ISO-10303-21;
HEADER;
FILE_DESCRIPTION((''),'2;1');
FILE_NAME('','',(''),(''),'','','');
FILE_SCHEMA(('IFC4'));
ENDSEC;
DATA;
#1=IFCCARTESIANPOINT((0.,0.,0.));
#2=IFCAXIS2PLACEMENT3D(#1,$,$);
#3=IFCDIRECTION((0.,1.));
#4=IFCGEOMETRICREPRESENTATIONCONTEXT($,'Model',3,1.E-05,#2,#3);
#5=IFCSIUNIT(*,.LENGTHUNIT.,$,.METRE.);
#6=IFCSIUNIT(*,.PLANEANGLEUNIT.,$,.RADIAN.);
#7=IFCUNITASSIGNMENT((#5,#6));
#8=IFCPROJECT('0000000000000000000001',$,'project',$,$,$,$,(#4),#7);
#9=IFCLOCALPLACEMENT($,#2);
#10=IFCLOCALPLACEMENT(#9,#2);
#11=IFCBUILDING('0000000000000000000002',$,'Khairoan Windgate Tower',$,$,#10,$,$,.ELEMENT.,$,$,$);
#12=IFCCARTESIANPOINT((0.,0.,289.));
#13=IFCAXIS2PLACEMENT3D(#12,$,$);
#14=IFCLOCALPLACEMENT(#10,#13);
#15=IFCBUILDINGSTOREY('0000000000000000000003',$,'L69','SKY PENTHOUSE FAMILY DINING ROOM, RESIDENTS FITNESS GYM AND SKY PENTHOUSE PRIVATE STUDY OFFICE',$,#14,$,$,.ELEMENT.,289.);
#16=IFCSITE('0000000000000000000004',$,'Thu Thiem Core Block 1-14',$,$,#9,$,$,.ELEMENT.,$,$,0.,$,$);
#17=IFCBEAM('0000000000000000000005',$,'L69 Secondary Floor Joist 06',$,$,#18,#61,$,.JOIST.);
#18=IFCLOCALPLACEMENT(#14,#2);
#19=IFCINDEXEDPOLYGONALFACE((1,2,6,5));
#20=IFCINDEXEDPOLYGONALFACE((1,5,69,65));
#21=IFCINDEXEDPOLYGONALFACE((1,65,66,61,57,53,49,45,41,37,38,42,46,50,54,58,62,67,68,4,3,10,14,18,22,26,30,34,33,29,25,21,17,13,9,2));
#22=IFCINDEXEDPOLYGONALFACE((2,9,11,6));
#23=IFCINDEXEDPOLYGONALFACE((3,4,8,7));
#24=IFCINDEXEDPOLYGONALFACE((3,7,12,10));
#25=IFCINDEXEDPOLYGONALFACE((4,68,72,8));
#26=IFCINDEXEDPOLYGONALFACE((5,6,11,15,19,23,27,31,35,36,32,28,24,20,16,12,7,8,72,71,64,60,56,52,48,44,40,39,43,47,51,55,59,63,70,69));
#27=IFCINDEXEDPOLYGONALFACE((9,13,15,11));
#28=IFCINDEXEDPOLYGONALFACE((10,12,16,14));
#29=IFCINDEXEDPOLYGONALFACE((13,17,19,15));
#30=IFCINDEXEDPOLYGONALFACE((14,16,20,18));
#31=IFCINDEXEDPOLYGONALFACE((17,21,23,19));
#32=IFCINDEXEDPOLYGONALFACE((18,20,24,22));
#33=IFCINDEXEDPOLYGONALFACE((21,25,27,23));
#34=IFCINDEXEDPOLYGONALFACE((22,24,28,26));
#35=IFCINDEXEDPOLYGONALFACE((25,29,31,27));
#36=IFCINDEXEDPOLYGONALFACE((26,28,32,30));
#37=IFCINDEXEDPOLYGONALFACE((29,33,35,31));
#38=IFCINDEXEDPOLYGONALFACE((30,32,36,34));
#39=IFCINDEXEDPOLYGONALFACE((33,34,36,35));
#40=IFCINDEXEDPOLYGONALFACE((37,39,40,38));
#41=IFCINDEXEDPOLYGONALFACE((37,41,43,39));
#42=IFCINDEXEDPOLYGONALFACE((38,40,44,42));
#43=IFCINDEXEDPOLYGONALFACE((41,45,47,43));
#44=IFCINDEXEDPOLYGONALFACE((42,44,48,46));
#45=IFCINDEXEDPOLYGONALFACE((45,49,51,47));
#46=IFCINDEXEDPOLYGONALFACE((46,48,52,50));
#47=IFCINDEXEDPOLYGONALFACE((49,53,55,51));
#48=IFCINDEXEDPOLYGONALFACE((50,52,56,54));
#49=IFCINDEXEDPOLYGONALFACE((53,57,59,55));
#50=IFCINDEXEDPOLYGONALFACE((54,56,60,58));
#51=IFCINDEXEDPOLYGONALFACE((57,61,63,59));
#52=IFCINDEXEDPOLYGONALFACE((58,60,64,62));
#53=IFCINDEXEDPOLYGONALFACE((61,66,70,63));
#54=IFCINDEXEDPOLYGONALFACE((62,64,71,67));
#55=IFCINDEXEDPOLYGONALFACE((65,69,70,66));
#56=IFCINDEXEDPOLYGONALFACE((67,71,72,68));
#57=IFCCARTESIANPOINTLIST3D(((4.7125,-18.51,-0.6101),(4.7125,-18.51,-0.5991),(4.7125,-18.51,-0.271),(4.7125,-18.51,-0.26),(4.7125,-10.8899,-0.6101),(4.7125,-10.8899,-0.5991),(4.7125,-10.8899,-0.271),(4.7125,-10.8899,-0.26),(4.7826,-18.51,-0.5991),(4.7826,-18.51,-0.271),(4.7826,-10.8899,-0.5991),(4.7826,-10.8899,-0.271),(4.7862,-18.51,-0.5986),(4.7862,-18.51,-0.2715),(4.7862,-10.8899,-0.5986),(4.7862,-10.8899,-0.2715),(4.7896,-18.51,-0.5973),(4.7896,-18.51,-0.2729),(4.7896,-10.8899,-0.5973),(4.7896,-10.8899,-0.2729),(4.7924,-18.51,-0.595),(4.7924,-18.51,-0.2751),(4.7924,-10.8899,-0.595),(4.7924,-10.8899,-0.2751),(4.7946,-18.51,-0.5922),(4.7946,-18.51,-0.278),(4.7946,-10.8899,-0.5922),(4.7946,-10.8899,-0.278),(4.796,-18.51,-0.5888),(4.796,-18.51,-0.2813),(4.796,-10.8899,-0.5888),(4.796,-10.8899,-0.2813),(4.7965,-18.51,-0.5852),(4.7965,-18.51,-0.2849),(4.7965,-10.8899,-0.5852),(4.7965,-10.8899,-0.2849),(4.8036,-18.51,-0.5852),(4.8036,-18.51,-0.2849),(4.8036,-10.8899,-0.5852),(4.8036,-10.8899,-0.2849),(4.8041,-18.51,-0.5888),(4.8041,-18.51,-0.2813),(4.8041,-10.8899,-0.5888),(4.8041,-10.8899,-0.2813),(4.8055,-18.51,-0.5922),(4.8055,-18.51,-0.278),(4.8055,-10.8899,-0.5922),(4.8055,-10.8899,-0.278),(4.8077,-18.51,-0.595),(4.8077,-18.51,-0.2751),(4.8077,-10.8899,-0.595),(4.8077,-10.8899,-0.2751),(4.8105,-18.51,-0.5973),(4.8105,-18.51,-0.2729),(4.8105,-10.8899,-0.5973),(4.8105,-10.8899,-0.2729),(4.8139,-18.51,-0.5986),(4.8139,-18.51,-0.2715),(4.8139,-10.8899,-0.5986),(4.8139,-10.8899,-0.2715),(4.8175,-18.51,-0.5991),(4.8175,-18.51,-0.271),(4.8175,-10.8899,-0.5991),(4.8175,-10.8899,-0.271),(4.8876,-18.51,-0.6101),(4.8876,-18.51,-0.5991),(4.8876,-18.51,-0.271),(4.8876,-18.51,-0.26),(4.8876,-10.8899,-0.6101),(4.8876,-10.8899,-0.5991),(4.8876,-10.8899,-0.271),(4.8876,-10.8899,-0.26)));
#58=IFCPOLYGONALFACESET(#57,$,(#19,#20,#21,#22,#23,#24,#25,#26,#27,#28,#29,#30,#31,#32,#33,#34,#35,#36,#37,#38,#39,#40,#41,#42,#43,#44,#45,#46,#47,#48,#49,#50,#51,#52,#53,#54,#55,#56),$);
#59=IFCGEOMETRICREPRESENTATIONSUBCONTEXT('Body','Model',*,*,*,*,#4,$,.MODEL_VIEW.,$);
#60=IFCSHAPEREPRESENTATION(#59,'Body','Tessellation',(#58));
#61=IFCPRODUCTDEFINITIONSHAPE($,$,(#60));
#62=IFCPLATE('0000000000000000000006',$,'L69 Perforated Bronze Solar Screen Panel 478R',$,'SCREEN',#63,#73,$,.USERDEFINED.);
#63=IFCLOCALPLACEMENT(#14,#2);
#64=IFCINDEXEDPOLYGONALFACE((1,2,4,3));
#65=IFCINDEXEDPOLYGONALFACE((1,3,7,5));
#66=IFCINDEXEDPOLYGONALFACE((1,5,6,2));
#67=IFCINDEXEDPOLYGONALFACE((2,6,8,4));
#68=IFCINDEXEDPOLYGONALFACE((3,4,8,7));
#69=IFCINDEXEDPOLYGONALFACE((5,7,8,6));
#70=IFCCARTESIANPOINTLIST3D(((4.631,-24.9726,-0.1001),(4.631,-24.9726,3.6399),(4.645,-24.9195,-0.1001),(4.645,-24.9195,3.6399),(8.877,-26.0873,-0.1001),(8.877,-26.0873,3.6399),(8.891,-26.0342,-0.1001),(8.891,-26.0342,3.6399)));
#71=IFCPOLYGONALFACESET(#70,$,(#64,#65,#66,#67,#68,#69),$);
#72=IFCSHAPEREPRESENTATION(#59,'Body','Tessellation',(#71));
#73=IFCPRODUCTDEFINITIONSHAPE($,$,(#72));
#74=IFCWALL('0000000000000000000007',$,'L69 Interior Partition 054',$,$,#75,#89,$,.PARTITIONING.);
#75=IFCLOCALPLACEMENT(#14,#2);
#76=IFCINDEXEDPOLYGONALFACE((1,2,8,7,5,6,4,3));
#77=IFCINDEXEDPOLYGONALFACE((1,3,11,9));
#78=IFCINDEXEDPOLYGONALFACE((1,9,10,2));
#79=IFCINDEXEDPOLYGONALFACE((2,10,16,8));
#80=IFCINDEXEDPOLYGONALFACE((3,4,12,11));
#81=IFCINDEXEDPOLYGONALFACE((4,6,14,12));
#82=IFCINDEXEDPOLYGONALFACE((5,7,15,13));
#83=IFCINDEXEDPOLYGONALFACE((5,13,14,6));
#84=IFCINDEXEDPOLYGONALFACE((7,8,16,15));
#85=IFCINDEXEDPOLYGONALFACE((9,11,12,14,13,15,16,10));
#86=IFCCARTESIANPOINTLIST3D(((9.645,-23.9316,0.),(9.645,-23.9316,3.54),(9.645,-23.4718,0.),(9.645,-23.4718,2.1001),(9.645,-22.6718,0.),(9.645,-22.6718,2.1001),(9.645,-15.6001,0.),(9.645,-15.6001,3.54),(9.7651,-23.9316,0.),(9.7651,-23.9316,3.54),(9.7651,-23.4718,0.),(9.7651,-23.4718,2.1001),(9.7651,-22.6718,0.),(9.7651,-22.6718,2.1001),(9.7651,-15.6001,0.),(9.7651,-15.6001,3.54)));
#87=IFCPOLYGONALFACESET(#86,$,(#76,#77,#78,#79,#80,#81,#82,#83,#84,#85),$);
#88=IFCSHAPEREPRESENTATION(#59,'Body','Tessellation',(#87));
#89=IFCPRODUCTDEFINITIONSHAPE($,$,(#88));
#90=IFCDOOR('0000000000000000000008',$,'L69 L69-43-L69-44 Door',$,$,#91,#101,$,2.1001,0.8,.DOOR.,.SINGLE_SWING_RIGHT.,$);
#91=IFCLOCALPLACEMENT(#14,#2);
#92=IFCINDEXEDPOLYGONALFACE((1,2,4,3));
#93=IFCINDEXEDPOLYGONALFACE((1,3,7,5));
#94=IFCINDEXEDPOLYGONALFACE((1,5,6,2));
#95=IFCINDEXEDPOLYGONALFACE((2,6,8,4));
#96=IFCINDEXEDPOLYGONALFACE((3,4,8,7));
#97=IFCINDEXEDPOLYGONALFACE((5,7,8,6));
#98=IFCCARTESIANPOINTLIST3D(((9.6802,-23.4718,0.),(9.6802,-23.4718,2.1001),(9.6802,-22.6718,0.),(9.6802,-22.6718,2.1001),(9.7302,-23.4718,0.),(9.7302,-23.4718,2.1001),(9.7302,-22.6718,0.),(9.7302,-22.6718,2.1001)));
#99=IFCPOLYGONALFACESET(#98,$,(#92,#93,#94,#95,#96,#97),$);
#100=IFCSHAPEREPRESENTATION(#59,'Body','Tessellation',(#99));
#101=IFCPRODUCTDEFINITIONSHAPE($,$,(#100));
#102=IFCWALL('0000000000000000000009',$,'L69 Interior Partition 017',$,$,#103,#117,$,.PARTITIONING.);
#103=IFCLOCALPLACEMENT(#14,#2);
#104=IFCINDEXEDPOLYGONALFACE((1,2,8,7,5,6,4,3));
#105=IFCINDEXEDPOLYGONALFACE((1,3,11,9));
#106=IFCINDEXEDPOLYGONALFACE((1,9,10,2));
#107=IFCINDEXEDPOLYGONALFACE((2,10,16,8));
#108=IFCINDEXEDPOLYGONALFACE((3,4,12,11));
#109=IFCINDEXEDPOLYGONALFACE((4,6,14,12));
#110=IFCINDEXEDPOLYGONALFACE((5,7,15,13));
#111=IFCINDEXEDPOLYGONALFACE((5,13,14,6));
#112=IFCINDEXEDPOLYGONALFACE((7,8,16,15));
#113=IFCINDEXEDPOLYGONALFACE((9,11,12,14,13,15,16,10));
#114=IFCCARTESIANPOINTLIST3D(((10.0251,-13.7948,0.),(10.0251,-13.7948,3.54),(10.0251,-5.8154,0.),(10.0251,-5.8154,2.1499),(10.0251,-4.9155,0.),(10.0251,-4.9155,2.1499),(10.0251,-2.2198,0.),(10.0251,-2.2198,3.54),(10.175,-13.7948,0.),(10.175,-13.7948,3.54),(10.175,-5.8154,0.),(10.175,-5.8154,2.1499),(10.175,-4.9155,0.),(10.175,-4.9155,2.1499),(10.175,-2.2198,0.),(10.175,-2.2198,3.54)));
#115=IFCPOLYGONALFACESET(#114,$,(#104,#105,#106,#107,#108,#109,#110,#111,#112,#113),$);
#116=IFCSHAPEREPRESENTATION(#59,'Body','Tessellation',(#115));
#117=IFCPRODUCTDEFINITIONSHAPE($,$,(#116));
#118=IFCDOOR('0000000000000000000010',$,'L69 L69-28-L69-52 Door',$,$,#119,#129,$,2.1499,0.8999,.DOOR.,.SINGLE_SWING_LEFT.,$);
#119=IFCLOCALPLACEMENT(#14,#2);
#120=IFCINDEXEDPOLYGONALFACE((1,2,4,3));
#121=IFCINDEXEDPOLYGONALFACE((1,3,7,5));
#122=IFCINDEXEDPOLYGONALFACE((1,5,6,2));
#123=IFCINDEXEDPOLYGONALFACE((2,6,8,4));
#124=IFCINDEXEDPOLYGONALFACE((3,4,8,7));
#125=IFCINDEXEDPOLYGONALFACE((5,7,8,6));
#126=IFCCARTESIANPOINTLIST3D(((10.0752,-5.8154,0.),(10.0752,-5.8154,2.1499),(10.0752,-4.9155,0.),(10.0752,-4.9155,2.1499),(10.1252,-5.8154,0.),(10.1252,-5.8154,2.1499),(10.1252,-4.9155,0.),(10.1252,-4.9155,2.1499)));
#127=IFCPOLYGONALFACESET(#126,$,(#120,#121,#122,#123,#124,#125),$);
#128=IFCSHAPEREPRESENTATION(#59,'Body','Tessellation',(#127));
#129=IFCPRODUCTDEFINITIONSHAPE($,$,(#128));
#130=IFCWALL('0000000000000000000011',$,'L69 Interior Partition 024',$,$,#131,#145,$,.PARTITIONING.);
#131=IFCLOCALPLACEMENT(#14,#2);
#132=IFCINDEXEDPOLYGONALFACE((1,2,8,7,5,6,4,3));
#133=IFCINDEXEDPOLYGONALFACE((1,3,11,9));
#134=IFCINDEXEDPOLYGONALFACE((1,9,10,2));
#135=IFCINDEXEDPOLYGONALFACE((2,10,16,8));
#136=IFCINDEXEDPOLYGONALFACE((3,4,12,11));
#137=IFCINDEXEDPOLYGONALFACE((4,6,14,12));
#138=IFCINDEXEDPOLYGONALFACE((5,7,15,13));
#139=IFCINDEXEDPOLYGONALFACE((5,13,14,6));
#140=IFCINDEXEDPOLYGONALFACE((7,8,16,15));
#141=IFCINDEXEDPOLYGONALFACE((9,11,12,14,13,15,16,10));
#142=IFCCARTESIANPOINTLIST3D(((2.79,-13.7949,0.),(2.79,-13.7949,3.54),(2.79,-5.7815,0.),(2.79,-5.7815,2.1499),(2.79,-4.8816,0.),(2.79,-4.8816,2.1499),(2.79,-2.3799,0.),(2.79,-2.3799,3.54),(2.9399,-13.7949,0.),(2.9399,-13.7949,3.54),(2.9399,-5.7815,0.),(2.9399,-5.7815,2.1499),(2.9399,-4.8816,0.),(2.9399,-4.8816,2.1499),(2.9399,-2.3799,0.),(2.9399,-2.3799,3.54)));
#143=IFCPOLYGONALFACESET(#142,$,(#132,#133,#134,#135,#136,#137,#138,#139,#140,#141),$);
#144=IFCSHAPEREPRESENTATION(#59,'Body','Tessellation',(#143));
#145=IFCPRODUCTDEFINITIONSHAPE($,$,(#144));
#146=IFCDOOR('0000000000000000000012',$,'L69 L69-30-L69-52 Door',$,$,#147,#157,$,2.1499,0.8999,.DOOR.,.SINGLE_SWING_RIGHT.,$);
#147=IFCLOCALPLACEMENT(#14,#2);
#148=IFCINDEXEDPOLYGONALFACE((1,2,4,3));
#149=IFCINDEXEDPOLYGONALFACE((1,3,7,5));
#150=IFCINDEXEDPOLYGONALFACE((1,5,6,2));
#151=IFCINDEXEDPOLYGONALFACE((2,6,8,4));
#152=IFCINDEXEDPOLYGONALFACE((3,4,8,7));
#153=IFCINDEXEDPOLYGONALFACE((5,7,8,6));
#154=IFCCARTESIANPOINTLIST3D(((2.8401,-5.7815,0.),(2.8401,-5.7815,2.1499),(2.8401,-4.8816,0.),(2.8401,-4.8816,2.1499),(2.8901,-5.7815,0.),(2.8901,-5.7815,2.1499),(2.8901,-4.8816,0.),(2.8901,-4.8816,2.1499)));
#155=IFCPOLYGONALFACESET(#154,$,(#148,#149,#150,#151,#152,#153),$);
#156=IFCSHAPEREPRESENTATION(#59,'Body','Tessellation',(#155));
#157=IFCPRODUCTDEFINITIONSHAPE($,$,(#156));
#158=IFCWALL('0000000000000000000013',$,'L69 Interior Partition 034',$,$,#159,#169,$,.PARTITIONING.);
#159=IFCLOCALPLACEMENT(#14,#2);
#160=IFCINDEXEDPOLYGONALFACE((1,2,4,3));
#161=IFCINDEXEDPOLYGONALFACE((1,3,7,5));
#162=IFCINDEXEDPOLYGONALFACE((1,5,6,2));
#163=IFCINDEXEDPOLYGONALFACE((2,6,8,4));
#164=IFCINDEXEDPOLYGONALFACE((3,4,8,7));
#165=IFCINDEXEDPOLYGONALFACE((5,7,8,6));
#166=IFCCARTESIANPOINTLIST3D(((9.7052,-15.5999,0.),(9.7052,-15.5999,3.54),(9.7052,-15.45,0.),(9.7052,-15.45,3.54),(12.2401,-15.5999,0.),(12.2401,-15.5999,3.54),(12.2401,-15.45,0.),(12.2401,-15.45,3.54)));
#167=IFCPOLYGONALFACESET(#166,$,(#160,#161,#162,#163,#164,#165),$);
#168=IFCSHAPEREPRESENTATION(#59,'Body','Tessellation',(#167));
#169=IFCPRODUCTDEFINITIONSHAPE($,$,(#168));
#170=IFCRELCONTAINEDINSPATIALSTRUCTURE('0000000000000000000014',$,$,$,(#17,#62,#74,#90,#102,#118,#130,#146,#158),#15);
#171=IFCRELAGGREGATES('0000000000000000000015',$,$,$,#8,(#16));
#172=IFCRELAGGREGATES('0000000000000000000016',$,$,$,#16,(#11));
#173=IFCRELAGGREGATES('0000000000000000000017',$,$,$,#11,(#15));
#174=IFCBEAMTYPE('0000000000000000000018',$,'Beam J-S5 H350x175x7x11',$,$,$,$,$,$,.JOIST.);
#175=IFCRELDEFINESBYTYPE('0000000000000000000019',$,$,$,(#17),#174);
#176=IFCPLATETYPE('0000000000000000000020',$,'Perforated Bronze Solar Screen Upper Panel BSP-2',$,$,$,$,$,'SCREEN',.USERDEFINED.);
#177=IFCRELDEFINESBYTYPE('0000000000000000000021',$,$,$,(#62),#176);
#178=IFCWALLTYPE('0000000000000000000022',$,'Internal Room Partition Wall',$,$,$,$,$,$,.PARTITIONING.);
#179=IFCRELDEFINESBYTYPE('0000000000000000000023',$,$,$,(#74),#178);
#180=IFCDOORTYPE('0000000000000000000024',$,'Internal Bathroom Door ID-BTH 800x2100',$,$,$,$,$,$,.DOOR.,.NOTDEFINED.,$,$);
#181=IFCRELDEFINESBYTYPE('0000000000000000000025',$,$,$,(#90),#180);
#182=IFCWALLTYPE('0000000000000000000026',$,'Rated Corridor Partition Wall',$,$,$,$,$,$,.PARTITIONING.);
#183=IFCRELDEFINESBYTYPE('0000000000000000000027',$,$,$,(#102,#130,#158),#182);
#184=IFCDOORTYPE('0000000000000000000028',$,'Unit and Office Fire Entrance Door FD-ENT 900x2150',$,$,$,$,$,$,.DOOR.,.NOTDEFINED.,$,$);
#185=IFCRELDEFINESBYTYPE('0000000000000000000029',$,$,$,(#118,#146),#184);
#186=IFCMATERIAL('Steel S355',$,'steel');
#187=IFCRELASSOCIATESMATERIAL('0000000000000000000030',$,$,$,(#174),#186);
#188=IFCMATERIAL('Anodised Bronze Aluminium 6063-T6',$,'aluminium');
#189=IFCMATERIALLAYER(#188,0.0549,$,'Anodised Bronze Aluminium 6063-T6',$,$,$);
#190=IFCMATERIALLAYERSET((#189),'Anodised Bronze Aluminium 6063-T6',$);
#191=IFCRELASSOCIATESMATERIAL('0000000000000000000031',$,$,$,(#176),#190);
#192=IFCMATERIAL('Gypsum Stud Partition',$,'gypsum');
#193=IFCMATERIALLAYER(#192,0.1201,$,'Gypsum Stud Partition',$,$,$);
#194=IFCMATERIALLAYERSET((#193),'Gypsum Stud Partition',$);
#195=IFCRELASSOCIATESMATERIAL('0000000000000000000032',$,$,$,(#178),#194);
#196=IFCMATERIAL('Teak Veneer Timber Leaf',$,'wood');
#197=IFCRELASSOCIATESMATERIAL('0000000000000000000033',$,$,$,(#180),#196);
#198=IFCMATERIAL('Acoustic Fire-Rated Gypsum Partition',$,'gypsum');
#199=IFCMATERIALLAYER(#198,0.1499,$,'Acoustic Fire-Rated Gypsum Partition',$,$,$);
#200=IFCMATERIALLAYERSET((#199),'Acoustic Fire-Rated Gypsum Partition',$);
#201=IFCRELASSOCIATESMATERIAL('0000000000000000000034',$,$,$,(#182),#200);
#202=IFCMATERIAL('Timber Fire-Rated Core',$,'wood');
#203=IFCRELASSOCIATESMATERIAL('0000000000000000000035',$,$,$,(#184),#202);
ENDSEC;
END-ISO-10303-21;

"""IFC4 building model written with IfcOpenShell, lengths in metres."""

from ifc_helpers import new_model, si_unit, direction, frame, frame_2d, origin, origin_2d, place, context, subcontext, project, spatial, rectangle, i_section, extrude, material, layer, layer_set, material_profile, profile_set, type_object, element, fill, save


model = new_model("IFC4")

# Units and contexts
model_context = context("Model", 3, precision=1e-05, world=origin(), true_north=direction((0.0, 1.0)))
body_context = subcontext(model_context, "Body", "Model", "MODEL_VIEW")
ifc_project = project(units=[si_unit("LENGTHUNIT", "METRE"), si_unit("PLANEANGLEUNIT", "RADIAN")], contexts=[model_context])

# Site, building, storey
site_placement = place(None, origin())
site = spatial("IfcSite", under=ifc_project, at=site_placement, Name="Thu Thiem Core Block 1-14", CompositionType="ELEMENT", RefElevation=0.0)
building_placement = place(site_placement, origin())
building = spatial("IfcBuilding", under=site, at=building_placement, Name="Khairoan Windgate Tower", CompositionType="ELEMENT")
storey_placement = place(building_placement, frame((0.0, 0.0, 289.0)))
storey = spatial("IfcBuildingStorey", under=building, at=storey_placement, Name="L69", Description="SKY PENTHOUSE FAMILY DINING ROOM, RESIDENTS FITNESS GYM AND SKY PENTHOUSE PRIVATE STUDY OFFICE", CompositionType="ELEMENT", Elevation=289.0)

# Beam
ifc_material_1 = material(Name="Steel S355", Category="steel")
ifc_material_profile_1 = material_profile(ifc_material_1, i_section(OverallWidth=0.175, OverallDepth=0.3501, WebThickness=0.0071, FlangeThickness=0.011, FilletRadius=0.0139, at=origin_2d()))
ifc_profile_set_1 = profile_set([ifc_material_profile_1], Name="Steel S355")
beam_type_1 = type_object("IfcBeamType", Name="Beam J-S5 H350x175x7x11", PredefinedType="JOIST", material=ifc_profile_set_1)
beam_1_placement = place(storey_placement, frame((4.8, -18.51, -0.4351), z_axis=(0.0, 1.0, 0.0), x_axis=(-1.0, 0.0, 0.0)))
element("IfcBeam", 1, at=beam_1_placement, inside=storey, type_object=beam_type_1, Name="L69 Secondary Floor Joist 06", PredefinedType="JOIST", context=body_context, shape_type="SweptSolid", body=[
    extrude(i_section(OverallWidth=0.175, OverallDepth=0.3501, WebThickness=0.0071, FlangeThickness=0.011, FilletRadius=0.0139, at=origin_2d()), origin(), (0.0, 0.0, 1.0), 7.6201),
])

# Plate
ifc_material_2 = material(Name="Anodised Bronze Aluminium 6063-T6", Category="aluminium")
ifc_layer_1 = layer(ifc_material_2, 0.0549, Name="Anodised Bronze Aluminium 6063-T6")
ifc_layer_set_1 = layer_set([ifc_layer_1], Name="Anodised Bronze Aluminium 6063-T6")
plate_type = type_object("IfcPlateType", Name="Perforated Bronze Solar Screen Upper Panel BSP-2", ElementType="SCREEN", PredefinedType="USERDEFINED", material=ifc_layer_set_1)
plate_placement = place(storey_placement, frame((6.761, -25.5034, -0.1001), z_axis=(0.0, 0.0, 1.0), x_axis=(-0.967223, 0.253927, 0.0)))
element("IfcPlate", 2, at=plate_placement, inside=storey, type_object=plate_type, Name="L69 Perforated Bronze Solar Screen Panel 478R", ObjectType="SCREEN", PredefinedType="USERDEFINED", context=body_context, shape_type="SweptSolid", body=[
    extrude(rectangle(XDim=4.3899, YDim=0.0549, at=origin_2d()), origin(), (0.0, 0.0, 1.0), 3.74),
])

# Walls, openings, doors
ifc_material_3 = material(Name="Gypsum Stud Partition", Category="gypsum")
ifc_layer_2 = layer(ifc_material_3, 0.1201, Name="Gypsum Stud Partition")
ifc_layer_set_2 = layer_set([ifc_layer_2], Name="Gypsum Stud Partition")
wall_type_1 = type_object("IfcWallType", Name="Internal Room Partition Wall", PredefinedType="PARTITIONING", material=ifc_layer_set_2)
wall_1_placement = place(storey_placement, frame((9.7051, -23.9316, 0.0), z_axis=(0.0, 0.0, 1.0), x_axis=(0.0, 1.0, 0.0)))
wall_1 = element("IfcWall", 3, at=wall_1_placement, inside=storey, type_object=wall_type_1, Name="L69 Interior Partition 054", PredefinedType="PARTITIONING", context=body_context, shape_type="SweptSolid", body=[
    extrude(rectangle(XDim=8.3315, YDim=0.1201, at=frame_2d((4.1658, 0.0))), origin(), (0.0, 0.0, 1.0), 3.54),
])
opening_1_placement = place(wall_1_placement, frame((0.46, 0.0, 0.0)))
opening_1 = element("IfcOpeningElement", 4, at=opening_1_placement, cuts=wall_1, PredefinedType="OPENING", context=body_context, shape_type="SweptSolid", body=[
    extrude(rectangle(XDim=0.8, YDim=2.1001, at=frame_2d((0.3999, 1.05))), frame((0.0, 0.0701, 0.0), z_axis=(0.0, -1.0, 0.0), x_axis=(1.0, 0.0, 0.0)), (0.0, 0.0, 1.0), 0.1401),
])
ifc_material_4 = material(Name="Teak Veneer Timber Leaf", Category="wood")
door_type_1 = type_object("IfcDoorType", Name="Internal Bathroom Door ID-BTH 800x2100", OperationType="NOTDEFINED", PredefinedType="DOOR", material=ifc_material_4)
door_1_placement = place(opening_1_placement, origin())
door_1 = element("IfcDoor", 5, at=door_1_placement, inside=storey, type_object=door_type_1, Name="L69 L69-43-L69-44 Door", OperationType="SINGLE_SWING_RIGHT", OverallHeight=2.1001, OverallWidth=0.8, PredefinedType="DOOR", context=body_context, shape_type="SweptSolid", body=[
    extrude(rectangle(XDim=0.8, YDim=2.1001, at=frame_2d((0.3999, 1.05))), frame((0.0, 0.0249, 0.0), z_axis=(0.0, -1.0, 0.0), x_axis=(1.0, 0.0, 0.0)), (0.0, 0.0, 1.0), 0.05),
])
fill(opening_1, door_1)
ifc_material_5 = material(Name="Acoustic Fire-Rated Gypsum Partition", Category="gypsum")
ifc_layer_3 = layer(ifc_material_5, 0.1499, Name="Acoustic Fire-Rated Gypsum Partition")
ifc_layer_set_3 = layer_set([ifc_layer_3], Name="Acoustic Fire-Rated Gypsum Partition")
wall_type_2 = type_object("IfcWallType", Name="Rated Corridor Partition Wall", PredefinedType="PARTITIONING", material=ifc_layer_set_3)
wall_2_placement = place(storey_placement, frame((10.1001, -13.7949, 0.0), z_axis=(0.0, 0.0, 1.0), x_axis=(0.0, 1.0, 0.0)))
wall_2 = element("IfcWall", 6, at=wall_2_placement, inside=storey, type_object=wall_type_2, Name="L69 Interior Partition 017", PredefinedType="PARTITIONING", context=body_context, shape_type="SweptSolid", body=[
    extrude(rectangle(XDim=11.575, YDim=0.1499, at=frame_2d((5.7876, 0.0))), origin(), (0.0, 0.0, 1.0), 3.54),
])
opening_2_placement = place(wall_2_placement, frame((7.9795, 0.0, 0.0)))
opening_2 = element("IfcOpeningElement", 7, at=opening_2_placement, cuts=wall_2, PredefinedType="OPENING", context=body_context, shape_type="SweptSolid", body=[
    extrude(rectangle(XDim=0.8999, YDim=2.1499, at=frame_2d((0.45, 1.075))), frame((0.0, 0.085, 0.0), z_axis=(0.0, -1.0, 0.0), x_axis=(1.0, 0.0, 0.0)), (0.0, 0.0, 1.0), 0.1699),
])
ifc_material_6 = material(Name="Timber Fire-Rated Core", Category="wood")
door_type_2 = type_object("IfcDoorType", Name="Unit and Office Fire Entrance Door FD-ENT 900x2150", OperationType="NOTDEFINED", PredefinedType="DOOR", material=ifc_material_6)
door_2_placement = place(opening_2_placement, origin())
door_2 = element("IfcDoor", 8, at=door_2_placement, inside=storey, type_object=door_type_2, Name="L69 L69-28-L69-52 Door", OperationType="SINGLE_SWING_LEFT", OverallHeight=2.1499, OverallWidth=0.8999, PredefinedType="DOOR", context=body_context, shape_type="SweptSolid", body=[
    extrude(rectangle(XDim=0.8999, YDim=2.1499, at=frame_2d((0.45, 1.075))), frame((0.0, 0.0249, 0.0), z_axis=(0.0, -1.0, 0.0), x_axis=(1.0, 0.0, 0.0)), (0.0, 0.0, 1.0), 0.05),
])
fill(opening_2, door_2)
wall_3_placement = place(storey_placement, frame((2.865, -13.7949, 0.0), z_axis=(0.0, 0.0, 1.0), x_axis=(0.0, 1.0, 0.0)))
wall_3 = element("IfcWall", 9, at=wall_3_placement, inside=storey, type_object=wall_type_2, Name="L69 Interior Partition 024", PredefinedType="PARTITIONING", context=body_context, shape_type="SweptSolid", body=[
    extrude(rectangle(XDim=11.415, YDim=0.1499, at=frame_2d((5.7075, 0.0))), origin(), (0.0, 0.0, 1.0), 3.54),
])
opening_3_placement = place(wall_3_placement, frame((8.0134, 0.0, 0.0)))
opening_3 = element("IfcOpeningElement", 10, at=opening_3_placement, cuts=wall_3, PredefinedType="OPENING", context=body_context, shape_type="SweptSolid", body=[
    extrude(rectangle(XDim=0.8999, YDim=2.1499, at=frame_2d((0.45, 1.075))), frame((0.0, 0.085, 0.0), z_axis=(0.0, -1.0, 0.0), x_axis=(1.0, 0.0, 0.0)), (0.0, 0.0, 1.0), 0.1699),
])
door_3_placement = place(opening_3_placement, origin())
door_3 = element("IfcDoor", 11, at=door_3_placement, inside=storey, type_object=door_type_2, Name="L69 L69-30-L69-52 Door", OperationType="SINGLE_SWING_RIGHT", OverallHeight=2.1499, OverallWidth=0.8999, PredefinedType="DOOR", context=body_context, shape_type="SweptSolid", body=[
    extrude(rectangle(XDim=0.8999, YDim=2.1499, at=frame_2d((0.45, 1.075))), frame((0.0, 0.0249, 0.0), z_axis=(0.0, -1.0, 0.0), x_axis=(1.0, 0.0, 0.0)), (0.0, 0.0, 1.0), 0.05),
])
fill(opening_3, door_3)

# Wall
wall_4_placement = place(storey_placement, frame((9.7051, -15.5249, 0.0), z_axis=(0.0, 0.0, 1.0), x_axis=(1.0, 0.0, 0.0)))
element("IfcWall", 12, at=wall_4_placement, inside=storey, type_object=wall_type_2, Name="L69 Interior Partition 034", PredefinedType="PARTITIONING", context=body_context, shape_type="SweptSolid", body=[
    extrude(rectangle(XDim=2.5349, YDim=0.1499, at=frame_2d((1.2676, 0.0))), origin(), (0.0, 0.0, 1.0), 3.54),
])

save(model, "model.ifc")
